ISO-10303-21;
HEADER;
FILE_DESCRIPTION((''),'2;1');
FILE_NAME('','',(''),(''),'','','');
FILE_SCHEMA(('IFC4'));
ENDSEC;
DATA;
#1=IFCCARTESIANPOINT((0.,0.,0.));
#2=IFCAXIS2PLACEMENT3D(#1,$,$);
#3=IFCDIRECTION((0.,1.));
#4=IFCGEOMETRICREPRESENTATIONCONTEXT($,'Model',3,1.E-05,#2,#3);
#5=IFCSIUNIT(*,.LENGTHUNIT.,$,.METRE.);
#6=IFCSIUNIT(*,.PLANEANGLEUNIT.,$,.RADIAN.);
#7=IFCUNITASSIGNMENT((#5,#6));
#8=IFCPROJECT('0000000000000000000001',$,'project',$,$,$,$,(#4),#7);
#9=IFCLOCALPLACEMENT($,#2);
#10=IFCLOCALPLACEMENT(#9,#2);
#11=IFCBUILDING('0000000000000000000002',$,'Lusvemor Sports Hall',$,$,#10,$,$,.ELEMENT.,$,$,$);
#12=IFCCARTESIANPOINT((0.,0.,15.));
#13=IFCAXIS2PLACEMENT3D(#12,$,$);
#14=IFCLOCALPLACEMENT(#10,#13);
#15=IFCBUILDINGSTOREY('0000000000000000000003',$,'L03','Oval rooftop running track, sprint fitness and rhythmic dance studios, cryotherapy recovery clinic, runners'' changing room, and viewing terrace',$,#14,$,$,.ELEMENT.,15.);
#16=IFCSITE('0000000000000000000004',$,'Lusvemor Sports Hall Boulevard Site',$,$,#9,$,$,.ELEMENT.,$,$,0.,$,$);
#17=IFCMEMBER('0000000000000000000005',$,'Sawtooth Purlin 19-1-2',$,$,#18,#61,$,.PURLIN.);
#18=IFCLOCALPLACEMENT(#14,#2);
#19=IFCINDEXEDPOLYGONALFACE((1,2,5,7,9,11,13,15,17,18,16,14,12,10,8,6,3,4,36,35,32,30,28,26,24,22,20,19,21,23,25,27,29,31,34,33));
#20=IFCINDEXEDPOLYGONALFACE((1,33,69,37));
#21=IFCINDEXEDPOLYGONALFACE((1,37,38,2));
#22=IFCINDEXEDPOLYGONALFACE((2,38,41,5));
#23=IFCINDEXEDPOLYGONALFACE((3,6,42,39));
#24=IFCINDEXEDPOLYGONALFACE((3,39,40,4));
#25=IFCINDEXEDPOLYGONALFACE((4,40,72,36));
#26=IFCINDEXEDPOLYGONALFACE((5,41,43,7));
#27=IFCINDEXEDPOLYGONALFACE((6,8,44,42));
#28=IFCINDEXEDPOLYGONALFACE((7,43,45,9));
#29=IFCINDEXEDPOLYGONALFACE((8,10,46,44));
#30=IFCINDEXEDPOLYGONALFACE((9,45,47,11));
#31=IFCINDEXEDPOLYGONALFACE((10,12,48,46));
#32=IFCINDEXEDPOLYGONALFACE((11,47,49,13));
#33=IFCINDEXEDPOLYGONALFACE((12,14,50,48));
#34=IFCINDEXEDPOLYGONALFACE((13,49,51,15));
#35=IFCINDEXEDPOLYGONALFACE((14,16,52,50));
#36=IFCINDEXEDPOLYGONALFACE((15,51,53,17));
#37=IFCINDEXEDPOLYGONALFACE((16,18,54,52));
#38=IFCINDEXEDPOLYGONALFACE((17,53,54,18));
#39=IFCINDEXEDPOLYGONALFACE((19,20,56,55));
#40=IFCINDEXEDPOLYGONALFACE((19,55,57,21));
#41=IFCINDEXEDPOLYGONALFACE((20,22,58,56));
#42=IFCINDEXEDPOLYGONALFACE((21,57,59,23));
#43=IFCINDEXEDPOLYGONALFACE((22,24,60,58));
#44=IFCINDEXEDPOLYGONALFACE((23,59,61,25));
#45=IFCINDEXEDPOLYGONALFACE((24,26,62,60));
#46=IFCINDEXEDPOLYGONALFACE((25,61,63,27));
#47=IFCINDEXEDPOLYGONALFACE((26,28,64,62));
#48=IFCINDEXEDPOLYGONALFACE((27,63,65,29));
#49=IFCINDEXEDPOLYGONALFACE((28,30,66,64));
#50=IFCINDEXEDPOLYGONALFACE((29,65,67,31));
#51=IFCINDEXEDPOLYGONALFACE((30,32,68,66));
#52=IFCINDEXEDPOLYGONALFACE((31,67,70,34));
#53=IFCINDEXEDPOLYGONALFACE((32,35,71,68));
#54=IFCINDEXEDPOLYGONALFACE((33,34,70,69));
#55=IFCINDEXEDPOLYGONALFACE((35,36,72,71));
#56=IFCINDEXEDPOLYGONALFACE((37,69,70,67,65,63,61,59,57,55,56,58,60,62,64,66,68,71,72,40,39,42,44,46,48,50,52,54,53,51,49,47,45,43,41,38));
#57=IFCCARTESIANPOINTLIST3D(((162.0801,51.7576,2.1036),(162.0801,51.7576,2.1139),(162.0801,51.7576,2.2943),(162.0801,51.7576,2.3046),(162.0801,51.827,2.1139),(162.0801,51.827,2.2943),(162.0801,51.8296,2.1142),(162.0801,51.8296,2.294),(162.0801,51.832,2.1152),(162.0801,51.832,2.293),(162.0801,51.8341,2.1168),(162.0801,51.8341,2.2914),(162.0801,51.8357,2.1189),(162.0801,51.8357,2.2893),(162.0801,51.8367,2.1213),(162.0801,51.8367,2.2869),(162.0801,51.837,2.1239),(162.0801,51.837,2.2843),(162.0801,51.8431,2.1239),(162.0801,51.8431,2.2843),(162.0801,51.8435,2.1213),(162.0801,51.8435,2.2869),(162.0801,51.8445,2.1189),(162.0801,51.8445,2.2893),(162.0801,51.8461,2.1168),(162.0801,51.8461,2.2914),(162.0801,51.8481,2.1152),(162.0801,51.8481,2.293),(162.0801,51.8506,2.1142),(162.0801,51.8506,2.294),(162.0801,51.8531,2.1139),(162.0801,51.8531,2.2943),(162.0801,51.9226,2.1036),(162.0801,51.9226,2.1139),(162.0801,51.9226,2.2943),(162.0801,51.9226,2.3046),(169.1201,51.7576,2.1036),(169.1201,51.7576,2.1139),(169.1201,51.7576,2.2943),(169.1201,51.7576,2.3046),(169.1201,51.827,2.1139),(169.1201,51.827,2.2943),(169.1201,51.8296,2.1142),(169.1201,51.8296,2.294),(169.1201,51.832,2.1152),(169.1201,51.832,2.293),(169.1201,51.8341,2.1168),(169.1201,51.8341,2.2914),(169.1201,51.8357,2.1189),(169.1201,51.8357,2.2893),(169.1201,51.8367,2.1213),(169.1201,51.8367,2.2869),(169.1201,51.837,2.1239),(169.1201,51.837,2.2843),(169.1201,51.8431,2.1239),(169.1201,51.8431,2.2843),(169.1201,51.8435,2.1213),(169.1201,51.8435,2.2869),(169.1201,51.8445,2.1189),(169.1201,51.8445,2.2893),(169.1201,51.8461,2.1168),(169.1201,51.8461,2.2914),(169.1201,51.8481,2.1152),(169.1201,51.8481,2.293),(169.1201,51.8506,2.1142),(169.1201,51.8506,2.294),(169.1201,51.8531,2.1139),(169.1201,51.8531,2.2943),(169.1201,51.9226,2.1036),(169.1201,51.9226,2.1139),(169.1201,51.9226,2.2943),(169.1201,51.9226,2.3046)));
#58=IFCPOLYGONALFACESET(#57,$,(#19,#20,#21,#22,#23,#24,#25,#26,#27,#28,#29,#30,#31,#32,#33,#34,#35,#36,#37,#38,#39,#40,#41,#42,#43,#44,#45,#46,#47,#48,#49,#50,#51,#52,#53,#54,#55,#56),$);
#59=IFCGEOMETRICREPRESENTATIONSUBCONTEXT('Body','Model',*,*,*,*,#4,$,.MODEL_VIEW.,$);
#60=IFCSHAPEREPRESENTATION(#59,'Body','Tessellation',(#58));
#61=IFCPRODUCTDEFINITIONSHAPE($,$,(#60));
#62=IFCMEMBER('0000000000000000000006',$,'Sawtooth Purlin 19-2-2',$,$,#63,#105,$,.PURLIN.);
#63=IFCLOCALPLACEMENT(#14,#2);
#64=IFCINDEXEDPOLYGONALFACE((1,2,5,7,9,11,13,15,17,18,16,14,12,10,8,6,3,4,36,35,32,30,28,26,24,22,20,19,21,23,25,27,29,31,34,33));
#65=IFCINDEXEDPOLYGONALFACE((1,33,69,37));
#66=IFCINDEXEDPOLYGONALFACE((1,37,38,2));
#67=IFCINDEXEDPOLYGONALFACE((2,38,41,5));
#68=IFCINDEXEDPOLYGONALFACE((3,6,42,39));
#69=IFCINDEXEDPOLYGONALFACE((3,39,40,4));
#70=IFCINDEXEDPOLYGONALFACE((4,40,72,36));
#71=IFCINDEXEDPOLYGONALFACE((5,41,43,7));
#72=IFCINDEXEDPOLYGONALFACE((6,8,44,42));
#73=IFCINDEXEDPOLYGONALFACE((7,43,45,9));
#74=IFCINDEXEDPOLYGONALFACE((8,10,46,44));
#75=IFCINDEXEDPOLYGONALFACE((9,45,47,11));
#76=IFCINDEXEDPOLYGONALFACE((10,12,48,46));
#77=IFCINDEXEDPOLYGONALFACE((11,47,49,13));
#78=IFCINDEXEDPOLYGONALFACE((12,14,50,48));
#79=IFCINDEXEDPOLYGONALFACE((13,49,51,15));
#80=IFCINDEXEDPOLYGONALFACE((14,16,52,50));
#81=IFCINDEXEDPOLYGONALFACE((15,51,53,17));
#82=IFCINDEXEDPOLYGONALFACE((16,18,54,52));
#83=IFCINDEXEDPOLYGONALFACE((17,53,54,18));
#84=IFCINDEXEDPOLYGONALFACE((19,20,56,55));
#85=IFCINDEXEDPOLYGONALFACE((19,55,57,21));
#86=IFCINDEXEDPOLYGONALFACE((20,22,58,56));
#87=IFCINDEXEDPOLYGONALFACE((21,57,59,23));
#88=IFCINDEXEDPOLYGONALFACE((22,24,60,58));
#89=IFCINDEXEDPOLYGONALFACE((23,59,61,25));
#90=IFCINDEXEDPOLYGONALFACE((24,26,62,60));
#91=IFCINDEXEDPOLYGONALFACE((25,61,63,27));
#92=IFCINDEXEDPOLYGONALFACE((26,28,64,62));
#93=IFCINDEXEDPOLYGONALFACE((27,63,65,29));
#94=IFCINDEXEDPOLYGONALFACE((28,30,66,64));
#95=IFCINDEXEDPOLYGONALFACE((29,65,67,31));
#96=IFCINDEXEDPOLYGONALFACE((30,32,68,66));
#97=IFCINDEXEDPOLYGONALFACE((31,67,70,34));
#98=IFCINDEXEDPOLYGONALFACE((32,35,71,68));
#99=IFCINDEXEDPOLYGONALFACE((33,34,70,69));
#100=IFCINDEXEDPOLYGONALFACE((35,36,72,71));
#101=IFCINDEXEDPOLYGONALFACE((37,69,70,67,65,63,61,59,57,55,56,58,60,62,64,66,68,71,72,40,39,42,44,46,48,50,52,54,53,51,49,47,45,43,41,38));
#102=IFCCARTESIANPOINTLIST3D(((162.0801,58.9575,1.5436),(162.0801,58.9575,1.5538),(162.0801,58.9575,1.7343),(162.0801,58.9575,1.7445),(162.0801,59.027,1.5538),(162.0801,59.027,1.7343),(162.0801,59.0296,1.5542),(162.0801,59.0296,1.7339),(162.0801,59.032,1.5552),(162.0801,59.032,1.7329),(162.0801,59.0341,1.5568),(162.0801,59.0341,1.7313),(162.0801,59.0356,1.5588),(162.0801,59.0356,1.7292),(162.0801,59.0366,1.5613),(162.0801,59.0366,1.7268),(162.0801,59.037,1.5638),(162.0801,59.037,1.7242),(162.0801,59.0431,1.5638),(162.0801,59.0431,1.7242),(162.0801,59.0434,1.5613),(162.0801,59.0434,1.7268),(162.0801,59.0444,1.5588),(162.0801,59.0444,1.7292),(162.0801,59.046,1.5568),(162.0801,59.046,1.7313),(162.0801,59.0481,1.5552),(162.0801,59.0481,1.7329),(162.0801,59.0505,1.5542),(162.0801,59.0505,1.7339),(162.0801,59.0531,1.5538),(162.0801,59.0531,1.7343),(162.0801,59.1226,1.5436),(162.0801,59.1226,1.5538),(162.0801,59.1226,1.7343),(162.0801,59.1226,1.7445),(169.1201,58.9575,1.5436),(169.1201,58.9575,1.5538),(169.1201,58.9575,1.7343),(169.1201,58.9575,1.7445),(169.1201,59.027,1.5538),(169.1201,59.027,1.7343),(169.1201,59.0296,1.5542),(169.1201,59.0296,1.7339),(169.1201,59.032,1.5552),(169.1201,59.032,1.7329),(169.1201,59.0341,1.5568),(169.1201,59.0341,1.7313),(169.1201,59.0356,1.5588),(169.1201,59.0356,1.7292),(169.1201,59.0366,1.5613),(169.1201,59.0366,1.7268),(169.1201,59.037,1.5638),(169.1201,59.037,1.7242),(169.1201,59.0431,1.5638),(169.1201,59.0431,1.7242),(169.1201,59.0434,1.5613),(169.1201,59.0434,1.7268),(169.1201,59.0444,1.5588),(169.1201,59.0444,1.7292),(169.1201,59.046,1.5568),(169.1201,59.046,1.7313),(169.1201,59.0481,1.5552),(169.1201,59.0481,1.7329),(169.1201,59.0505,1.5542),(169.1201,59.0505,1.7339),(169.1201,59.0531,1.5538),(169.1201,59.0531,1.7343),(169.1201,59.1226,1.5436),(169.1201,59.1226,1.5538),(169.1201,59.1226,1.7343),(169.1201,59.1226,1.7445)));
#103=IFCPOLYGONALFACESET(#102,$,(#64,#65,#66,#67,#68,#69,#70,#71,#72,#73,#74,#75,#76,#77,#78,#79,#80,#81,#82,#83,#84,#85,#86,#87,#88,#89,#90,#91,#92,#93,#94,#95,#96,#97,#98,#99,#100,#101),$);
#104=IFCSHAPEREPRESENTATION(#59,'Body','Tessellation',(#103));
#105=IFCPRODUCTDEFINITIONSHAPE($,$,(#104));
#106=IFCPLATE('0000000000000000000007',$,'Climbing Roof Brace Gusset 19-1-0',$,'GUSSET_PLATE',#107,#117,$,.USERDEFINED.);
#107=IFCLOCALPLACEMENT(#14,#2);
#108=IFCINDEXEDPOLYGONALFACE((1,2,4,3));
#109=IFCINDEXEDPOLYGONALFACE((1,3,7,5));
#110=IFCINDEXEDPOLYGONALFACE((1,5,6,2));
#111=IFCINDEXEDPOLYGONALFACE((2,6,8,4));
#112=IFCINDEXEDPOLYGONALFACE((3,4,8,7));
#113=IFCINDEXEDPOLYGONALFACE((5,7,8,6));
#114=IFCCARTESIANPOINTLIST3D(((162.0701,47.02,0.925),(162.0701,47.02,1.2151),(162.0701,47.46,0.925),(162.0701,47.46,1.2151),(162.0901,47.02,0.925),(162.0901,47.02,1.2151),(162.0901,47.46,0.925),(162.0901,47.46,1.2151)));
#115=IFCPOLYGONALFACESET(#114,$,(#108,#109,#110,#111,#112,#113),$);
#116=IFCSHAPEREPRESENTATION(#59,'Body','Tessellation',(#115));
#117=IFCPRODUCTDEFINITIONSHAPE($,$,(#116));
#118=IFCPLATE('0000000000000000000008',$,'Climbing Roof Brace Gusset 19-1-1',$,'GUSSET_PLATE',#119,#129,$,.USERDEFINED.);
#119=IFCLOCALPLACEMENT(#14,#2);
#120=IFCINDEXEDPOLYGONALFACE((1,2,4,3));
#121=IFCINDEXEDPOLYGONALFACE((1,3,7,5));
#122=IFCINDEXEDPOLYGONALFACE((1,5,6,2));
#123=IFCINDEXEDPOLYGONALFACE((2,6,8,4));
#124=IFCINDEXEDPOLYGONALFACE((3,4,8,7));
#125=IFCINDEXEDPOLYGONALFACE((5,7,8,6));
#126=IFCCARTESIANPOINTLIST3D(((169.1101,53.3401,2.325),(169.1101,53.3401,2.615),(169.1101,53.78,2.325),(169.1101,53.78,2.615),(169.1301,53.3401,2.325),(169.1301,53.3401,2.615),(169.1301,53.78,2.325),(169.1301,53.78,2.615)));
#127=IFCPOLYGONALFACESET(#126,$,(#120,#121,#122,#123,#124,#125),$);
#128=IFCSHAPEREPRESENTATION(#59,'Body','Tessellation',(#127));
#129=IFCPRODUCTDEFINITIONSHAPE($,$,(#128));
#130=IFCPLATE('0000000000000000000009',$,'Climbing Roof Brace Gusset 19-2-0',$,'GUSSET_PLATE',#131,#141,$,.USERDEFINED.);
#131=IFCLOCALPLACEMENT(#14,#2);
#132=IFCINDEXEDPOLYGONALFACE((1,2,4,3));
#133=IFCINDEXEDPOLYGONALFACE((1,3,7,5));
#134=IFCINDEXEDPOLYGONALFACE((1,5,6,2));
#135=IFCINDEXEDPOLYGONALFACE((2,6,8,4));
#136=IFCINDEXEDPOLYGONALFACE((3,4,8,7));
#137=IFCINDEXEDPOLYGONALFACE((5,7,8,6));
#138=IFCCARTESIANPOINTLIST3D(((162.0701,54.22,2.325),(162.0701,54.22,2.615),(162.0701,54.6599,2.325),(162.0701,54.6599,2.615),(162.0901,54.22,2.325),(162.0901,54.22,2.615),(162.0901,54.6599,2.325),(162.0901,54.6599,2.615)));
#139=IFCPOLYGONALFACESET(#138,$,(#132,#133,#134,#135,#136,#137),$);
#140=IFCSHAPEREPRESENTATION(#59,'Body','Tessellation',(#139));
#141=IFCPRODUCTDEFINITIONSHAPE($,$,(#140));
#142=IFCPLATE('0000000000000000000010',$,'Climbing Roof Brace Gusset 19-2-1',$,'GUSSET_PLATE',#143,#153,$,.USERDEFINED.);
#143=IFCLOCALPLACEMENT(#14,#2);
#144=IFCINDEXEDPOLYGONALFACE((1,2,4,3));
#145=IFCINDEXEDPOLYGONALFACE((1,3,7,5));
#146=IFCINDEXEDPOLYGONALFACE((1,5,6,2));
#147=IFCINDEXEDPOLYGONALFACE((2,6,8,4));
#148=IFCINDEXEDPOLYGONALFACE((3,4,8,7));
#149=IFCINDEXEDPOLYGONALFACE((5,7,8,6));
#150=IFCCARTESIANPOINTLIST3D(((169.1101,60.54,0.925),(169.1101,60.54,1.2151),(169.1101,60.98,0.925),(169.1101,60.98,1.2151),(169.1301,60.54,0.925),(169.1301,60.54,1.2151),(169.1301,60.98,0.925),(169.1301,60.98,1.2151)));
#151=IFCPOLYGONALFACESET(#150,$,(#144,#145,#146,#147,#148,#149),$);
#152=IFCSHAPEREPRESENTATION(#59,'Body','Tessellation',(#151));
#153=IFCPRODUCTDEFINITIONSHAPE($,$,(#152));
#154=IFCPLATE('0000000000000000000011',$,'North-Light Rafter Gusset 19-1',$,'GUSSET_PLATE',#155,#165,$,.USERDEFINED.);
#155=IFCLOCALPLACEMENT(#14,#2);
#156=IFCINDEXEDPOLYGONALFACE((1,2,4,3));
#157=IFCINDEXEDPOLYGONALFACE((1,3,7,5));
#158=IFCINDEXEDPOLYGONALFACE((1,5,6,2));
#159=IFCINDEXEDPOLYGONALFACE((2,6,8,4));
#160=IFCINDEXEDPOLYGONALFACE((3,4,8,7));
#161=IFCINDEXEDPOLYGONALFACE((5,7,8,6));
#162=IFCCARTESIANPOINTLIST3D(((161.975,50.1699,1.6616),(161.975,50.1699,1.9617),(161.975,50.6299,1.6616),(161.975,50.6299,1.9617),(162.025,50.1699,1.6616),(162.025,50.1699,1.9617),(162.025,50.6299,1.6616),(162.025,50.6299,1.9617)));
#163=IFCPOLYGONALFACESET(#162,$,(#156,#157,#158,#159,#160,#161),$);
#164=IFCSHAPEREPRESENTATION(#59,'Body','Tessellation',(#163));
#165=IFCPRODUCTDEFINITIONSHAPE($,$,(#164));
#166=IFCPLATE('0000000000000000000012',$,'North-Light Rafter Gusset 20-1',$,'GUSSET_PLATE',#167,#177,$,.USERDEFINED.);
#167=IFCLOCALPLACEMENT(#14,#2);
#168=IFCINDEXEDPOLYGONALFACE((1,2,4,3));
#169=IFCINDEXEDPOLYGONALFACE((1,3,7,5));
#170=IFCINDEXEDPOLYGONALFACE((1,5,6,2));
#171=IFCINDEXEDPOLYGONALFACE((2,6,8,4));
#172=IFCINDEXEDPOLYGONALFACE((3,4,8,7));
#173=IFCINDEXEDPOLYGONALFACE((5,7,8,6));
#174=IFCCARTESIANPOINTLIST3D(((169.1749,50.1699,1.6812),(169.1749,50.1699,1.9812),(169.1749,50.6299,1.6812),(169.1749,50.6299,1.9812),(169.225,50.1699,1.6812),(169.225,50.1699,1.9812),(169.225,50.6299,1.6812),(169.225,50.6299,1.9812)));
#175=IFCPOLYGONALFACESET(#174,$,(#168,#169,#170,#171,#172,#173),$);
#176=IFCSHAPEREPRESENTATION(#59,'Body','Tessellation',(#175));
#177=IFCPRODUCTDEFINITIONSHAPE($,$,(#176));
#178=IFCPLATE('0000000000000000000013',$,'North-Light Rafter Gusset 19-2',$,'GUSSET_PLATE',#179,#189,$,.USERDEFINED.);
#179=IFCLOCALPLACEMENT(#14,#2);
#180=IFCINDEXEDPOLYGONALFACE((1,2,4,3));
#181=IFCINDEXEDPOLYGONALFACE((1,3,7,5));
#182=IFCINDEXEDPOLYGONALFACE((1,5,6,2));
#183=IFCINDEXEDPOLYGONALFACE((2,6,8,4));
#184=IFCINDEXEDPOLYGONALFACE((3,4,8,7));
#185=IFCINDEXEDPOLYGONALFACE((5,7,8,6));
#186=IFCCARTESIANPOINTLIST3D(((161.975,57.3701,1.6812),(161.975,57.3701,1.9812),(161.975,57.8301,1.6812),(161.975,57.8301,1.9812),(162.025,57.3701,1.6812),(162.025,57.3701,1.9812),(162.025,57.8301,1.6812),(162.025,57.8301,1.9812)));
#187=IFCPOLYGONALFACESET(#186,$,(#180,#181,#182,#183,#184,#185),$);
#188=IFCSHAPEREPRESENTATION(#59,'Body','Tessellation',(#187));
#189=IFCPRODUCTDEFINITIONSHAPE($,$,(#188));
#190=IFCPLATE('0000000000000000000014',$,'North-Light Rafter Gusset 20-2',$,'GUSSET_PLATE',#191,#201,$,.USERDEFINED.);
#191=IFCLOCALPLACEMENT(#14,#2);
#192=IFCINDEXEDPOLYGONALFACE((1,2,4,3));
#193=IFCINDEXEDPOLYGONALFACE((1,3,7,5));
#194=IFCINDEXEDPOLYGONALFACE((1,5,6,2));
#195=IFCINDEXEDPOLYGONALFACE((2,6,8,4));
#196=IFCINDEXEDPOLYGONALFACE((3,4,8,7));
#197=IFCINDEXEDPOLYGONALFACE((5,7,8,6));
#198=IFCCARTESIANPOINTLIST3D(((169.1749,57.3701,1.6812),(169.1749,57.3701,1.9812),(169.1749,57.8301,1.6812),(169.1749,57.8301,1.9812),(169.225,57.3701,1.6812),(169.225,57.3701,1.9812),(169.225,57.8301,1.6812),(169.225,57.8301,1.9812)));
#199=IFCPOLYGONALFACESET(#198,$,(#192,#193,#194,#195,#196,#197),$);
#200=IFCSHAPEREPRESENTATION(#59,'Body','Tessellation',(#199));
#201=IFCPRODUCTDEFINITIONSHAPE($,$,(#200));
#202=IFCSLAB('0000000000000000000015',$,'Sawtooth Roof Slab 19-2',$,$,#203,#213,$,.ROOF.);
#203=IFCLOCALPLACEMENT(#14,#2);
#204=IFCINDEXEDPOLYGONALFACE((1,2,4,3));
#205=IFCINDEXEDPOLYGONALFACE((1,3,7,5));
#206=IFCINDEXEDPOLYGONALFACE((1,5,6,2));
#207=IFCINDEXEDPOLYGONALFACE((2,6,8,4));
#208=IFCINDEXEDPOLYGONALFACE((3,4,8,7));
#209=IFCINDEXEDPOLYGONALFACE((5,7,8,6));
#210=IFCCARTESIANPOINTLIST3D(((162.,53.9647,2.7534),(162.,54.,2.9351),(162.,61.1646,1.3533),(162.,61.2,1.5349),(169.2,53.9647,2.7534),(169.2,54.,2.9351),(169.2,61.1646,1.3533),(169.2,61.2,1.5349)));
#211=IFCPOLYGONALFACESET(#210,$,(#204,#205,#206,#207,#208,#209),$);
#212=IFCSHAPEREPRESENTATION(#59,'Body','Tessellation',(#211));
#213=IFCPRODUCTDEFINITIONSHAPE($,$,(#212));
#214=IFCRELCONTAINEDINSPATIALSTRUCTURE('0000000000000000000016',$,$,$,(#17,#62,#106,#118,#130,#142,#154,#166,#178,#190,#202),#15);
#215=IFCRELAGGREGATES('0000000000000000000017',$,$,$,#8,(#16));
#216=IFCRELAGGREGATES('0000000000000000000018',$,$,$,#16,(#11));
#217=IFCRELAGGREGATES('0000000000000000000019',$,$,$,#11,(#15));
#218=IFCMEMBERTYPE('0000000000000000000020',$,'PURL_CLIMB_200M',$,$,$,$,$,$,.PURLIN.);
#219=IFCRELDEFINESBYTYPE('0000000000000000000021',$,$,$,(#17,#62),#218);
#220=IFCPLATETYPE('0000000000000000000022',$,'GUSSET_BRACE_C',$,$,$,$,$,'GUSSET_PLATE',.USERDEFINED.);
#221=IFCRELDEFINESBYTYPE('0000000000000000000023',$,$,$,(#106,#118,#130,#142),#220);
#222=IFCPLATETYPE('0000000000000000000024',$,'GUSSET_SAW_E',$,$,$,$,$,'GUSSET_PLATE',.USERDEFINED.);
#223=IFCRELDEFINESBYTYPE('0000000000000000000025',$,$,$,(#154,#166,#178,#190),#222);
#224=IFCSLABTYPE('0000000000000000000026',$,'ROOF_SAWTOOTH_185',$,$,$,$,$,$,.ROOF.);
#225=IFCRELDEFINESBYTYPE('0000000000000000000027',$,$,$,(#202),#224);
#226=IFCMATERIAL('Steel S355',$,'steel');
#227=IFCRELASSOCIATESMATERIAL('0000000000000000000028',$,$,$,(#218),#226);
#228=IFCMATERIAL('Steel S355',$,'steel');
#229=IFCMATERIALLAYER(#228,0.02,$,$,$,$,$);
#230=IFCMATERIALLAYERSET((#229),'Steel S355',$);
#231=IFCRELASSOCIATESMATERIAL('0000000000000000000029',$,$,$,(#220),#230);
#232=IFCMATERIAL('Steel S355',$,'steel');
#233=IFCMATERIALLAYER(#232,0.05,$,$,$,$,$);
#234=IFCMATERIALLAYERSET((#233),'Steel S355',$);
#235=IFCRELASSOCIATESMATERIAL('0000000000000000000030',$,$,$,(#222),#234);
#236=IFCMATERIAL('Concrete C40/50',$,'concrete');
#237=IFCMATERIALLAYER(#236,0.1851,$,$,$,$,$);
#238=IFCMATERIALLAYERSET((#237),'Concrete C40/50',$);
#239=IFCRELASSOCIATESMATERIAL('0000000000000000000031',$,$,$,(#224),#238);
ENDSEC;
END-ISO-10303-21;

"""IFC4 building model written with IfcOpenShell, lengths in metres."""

from ifc_helpers import new_model, si_unit, direction, frame, origin, origin_2d, place, context, subcontext, project, spatial, polyline, rectangle, i_section, outline, extrude, material, layer, layer_set, material_profile, profile_set, type_object, element, save


model = new_model("IFC4")

# Units and contexts
model_context = context("Model", 3, precision=1e-05, world=origin(), true_north=direction((0.0, 1.0)))
body_context = subcontext(model_context, "Body", "Model", "MODEL_VIEW")
ifc_project = project(units=[si_unit("LENGTHUNIT", "METRE"), si_unit("PLANEANGLEUNIT", "RADIAN")], contexts=[model_context])

# Site, building, storey
site_placement = place(None, origin())
site = spatial("IfcSite", under=ifc_project, at=site_placement, Name="Lusvemor Sports Hall Boulevard Site", CompositionType="ELEMENT", RefElevation=0.0)
building_placement = place(site_placement, origin())
building = spatial("IfcBuilding", under=site, at=building_placement, Name="Lusvemor Sports Hall", CompositionType="ELEMENT")
storey_placement = place(building_placement, frame((0.0, 0.0, 15.0)))
storey = spatial("IfcBuildingStorey", under=building, at=storey_placement, Name="L03", Description="Oval rooftop running track, sprint fitness and rhythmic dance studios, cryotherapy recovery clinic, runners' changing room, and viewing terrace", CompositionType="ELEMENT", Elevation=15.0)

# Members
ifc_material_1 = material(Name="Steel S355", Category="steel")
ifc_material_profile_1 = material_profile(ifc_material_1, i_section(OverallWidth=0.165, OverallDepth=0.2009, WebThickness=0.0061, FlangeThickness=0.0103, FilletRadius=0.01, at=origin_2d()), Name="W200x35.9")
ifc_profile_set_1 = profile_set([ifc_material_profile_1], Name="Steel S355")
member_type_1 = type_object("IfcMemberType", Name="PURL_CLIMB_200M", PredefinedType="PURLIN", material=ifc_profile_set_1)
for number, where, z_axis, x_axis, name in (
    (1, (162.0801, 51.8401, 2.2041), (1.0, 0.0, 0.0), (0.0, 1.0, 0.0), "Sawtooth Purlin 19-1-2"),
    (2, (162.0801, 59.04, 1.644), (1.0, 0.0, 0.0), (0.0, 1.0, 0.0), "Sawtooth Purlin 19-2-2"),
):
    element("IfcMember", number, at=place(storey_placement, frame(where, z_axis=z_axis, x_axis=x_axis)), inside=storey, type_object=member_type_1, Name=name, PredefinedType="PURLIN", context=body_context, shape_type="SweptSolid", body=[
        extrude(i_section(OverallWidth=0.165, OverallDepth=0.2009, WebThickness=0.0061, FlangeThickness=0.0103, FilletRadius=0.01, at=origin_2d()), origin(), (0.0, 0.0, 1.0), 7.04),
    ])

# Plates
ifc_material_2 = material(Name="Steel S355", Category="steel")
ifc_layer_1 = layer(ifc_material_2, 0.02)
ifc_layer_set_1 = layer_set([ifc_layer_1], Name="Steel S355")
plate_type_1 = type_object("IfcPlateType", Name="GUSSET_BRACE_C", ElementType="GUSSET_PLATE", PredefinedType="USERDEFINED", material=ifc_layer_set_1)
for number, where, z_axis, x_axis, name in (
    (3, (162.0801, 47.24, 0.925), (0.0, 0.0, 1.0), (1.0, 0.0, 0.0), "Climbing Roof Brace Gusset 19-1-0"),
    (4, (169.1201, 53.5601, 2.325), (0.0, 0.0, 1.0), (1.0, 0.0, 0.0), "Climbing Roof Brace Gusset 19-1-1"),
    (5, (162.0801, 54.4399, 2.325), (0.0, 0.0, 1.0), (1.0, 0.0, 0.0), "Climbing Roof Brace Gusset 19-2-0"),
    (6, (169.1201, 60.76, 0.925), (0.0, 0.0, 1.0), (1.0, 0.0, 0.0), "Climbing Roof Brace Gusset 19-2-1"),
):
    element("IfcPlate", number, at=place(storey_placement, frame(where, z_axis=z_axis, x_axis=x_axis)), inside=storey, type_object=plate_type_1, Name=name, ObjectType="GUSSET_PLATE", PredefinedType="USERDEFINED", context=body_context, shape_type="SweptSolid", body=[
        extrude(rectangle(XDim=0.02, YDim=0.4399, at=origin_2d()), origin(), (0.0, 0.0, 1.0), 0.29),
    ])
ifc_material_3 = material(Name="Steel S355", Category="steel")
ifc_layer_2 = layer(ifc_material_3, 0.05)
ifc_layer_set_2 = layer_set([ifc_layer_2], Name="Steel S355")
plate_type_2 = type_object("IfcPlateType", Name="GUSSET_SAW_E", ElementType="GUSSET_PLATE", PredefinedType="USERDEFINED", material=ifc_layer_set_2)
for number, where, z_axis, x_axis, name in (
    (7, (162.0, 50.3999, 1.6616), (0.0, 0.0, 1.0), (1.0, 0.0, 0.0), "North-Light Rafter Gusset 19-1"),
    (8, (169.2, 50.3999, 1.6812), (0.0, 0.0, 1.0), (1.0, 0.0, 0.0), "North-Light Rafter Gusset 20-1"),
    (9, (162.0, 57.6001, 1.6812), (0.0, 0.0, 1.0), (1.0, 0.0, 0.0), "North-Light Rafter Gusset 19-2"),
    (10, (169.2, 57.6001, 1.6812), (0.0, 0.0, 1.0), (1.0, 0.0, 0.0), "North-Light Rafter Gusset 20-2"),
):
    element("IfcPlate", number, at=place(storey_placement, frame(where, z_axis=z_axis, x_axis=x_axis)), inside=storey, type_object=plate_type_2, Name=name, ObjectType="GUSSET_PLATE", PredefinedType="USERDEFINED", context=body_context, shape_type="SweptSolid", body=[
        extrude(rectangle(XDim=0.05, YDim=0.46, at=origin_2d()), origin(), (0.0, 0.0, 1.0), 0.3),
    ])

# Slab
ifc_material_4 = material(Name="Concrete C40/50", Category="concrete")
ifc_layer_3 = layer(ifc_material_4, 0.1851)
ifc_layer_set_3 = layer_set([ifc_layer_3], Name="Concrete C40/50")
slab_type = type_object("IfcSlabType", Name="ROOF_SAWTOOTH_185", PredefinedType="ROOF", material=ifc_layer_set_3)
for number, where, z_axis, x_axis, name in (
    (11, (162.0, 54.0, 2.9351), (0.0, 0.19089, 0.981611), (1.0, 0.0, 0.0), "Sawtooth Roof Slab 19-2"),
):
    element("IfcSlab", number, at=place(storey_placement, frame(where, z_axis=z_axis, x_axis=x_axis)), inside=storey, type_object=slab_type, Name=name, PredefinedType="ROOF", context=body_context, shape_type="SweptSolid", body=[
        extrude(outline(polyline([(0.0, 0.0), (7.2, 0.0), (7.2, 7.3348), (0.0, 7.3348), (0.0, 0.0)])), origin(), (0.0, 0.0, -1.0), 0.1851),
    ])

save(model, "model.ifc")
